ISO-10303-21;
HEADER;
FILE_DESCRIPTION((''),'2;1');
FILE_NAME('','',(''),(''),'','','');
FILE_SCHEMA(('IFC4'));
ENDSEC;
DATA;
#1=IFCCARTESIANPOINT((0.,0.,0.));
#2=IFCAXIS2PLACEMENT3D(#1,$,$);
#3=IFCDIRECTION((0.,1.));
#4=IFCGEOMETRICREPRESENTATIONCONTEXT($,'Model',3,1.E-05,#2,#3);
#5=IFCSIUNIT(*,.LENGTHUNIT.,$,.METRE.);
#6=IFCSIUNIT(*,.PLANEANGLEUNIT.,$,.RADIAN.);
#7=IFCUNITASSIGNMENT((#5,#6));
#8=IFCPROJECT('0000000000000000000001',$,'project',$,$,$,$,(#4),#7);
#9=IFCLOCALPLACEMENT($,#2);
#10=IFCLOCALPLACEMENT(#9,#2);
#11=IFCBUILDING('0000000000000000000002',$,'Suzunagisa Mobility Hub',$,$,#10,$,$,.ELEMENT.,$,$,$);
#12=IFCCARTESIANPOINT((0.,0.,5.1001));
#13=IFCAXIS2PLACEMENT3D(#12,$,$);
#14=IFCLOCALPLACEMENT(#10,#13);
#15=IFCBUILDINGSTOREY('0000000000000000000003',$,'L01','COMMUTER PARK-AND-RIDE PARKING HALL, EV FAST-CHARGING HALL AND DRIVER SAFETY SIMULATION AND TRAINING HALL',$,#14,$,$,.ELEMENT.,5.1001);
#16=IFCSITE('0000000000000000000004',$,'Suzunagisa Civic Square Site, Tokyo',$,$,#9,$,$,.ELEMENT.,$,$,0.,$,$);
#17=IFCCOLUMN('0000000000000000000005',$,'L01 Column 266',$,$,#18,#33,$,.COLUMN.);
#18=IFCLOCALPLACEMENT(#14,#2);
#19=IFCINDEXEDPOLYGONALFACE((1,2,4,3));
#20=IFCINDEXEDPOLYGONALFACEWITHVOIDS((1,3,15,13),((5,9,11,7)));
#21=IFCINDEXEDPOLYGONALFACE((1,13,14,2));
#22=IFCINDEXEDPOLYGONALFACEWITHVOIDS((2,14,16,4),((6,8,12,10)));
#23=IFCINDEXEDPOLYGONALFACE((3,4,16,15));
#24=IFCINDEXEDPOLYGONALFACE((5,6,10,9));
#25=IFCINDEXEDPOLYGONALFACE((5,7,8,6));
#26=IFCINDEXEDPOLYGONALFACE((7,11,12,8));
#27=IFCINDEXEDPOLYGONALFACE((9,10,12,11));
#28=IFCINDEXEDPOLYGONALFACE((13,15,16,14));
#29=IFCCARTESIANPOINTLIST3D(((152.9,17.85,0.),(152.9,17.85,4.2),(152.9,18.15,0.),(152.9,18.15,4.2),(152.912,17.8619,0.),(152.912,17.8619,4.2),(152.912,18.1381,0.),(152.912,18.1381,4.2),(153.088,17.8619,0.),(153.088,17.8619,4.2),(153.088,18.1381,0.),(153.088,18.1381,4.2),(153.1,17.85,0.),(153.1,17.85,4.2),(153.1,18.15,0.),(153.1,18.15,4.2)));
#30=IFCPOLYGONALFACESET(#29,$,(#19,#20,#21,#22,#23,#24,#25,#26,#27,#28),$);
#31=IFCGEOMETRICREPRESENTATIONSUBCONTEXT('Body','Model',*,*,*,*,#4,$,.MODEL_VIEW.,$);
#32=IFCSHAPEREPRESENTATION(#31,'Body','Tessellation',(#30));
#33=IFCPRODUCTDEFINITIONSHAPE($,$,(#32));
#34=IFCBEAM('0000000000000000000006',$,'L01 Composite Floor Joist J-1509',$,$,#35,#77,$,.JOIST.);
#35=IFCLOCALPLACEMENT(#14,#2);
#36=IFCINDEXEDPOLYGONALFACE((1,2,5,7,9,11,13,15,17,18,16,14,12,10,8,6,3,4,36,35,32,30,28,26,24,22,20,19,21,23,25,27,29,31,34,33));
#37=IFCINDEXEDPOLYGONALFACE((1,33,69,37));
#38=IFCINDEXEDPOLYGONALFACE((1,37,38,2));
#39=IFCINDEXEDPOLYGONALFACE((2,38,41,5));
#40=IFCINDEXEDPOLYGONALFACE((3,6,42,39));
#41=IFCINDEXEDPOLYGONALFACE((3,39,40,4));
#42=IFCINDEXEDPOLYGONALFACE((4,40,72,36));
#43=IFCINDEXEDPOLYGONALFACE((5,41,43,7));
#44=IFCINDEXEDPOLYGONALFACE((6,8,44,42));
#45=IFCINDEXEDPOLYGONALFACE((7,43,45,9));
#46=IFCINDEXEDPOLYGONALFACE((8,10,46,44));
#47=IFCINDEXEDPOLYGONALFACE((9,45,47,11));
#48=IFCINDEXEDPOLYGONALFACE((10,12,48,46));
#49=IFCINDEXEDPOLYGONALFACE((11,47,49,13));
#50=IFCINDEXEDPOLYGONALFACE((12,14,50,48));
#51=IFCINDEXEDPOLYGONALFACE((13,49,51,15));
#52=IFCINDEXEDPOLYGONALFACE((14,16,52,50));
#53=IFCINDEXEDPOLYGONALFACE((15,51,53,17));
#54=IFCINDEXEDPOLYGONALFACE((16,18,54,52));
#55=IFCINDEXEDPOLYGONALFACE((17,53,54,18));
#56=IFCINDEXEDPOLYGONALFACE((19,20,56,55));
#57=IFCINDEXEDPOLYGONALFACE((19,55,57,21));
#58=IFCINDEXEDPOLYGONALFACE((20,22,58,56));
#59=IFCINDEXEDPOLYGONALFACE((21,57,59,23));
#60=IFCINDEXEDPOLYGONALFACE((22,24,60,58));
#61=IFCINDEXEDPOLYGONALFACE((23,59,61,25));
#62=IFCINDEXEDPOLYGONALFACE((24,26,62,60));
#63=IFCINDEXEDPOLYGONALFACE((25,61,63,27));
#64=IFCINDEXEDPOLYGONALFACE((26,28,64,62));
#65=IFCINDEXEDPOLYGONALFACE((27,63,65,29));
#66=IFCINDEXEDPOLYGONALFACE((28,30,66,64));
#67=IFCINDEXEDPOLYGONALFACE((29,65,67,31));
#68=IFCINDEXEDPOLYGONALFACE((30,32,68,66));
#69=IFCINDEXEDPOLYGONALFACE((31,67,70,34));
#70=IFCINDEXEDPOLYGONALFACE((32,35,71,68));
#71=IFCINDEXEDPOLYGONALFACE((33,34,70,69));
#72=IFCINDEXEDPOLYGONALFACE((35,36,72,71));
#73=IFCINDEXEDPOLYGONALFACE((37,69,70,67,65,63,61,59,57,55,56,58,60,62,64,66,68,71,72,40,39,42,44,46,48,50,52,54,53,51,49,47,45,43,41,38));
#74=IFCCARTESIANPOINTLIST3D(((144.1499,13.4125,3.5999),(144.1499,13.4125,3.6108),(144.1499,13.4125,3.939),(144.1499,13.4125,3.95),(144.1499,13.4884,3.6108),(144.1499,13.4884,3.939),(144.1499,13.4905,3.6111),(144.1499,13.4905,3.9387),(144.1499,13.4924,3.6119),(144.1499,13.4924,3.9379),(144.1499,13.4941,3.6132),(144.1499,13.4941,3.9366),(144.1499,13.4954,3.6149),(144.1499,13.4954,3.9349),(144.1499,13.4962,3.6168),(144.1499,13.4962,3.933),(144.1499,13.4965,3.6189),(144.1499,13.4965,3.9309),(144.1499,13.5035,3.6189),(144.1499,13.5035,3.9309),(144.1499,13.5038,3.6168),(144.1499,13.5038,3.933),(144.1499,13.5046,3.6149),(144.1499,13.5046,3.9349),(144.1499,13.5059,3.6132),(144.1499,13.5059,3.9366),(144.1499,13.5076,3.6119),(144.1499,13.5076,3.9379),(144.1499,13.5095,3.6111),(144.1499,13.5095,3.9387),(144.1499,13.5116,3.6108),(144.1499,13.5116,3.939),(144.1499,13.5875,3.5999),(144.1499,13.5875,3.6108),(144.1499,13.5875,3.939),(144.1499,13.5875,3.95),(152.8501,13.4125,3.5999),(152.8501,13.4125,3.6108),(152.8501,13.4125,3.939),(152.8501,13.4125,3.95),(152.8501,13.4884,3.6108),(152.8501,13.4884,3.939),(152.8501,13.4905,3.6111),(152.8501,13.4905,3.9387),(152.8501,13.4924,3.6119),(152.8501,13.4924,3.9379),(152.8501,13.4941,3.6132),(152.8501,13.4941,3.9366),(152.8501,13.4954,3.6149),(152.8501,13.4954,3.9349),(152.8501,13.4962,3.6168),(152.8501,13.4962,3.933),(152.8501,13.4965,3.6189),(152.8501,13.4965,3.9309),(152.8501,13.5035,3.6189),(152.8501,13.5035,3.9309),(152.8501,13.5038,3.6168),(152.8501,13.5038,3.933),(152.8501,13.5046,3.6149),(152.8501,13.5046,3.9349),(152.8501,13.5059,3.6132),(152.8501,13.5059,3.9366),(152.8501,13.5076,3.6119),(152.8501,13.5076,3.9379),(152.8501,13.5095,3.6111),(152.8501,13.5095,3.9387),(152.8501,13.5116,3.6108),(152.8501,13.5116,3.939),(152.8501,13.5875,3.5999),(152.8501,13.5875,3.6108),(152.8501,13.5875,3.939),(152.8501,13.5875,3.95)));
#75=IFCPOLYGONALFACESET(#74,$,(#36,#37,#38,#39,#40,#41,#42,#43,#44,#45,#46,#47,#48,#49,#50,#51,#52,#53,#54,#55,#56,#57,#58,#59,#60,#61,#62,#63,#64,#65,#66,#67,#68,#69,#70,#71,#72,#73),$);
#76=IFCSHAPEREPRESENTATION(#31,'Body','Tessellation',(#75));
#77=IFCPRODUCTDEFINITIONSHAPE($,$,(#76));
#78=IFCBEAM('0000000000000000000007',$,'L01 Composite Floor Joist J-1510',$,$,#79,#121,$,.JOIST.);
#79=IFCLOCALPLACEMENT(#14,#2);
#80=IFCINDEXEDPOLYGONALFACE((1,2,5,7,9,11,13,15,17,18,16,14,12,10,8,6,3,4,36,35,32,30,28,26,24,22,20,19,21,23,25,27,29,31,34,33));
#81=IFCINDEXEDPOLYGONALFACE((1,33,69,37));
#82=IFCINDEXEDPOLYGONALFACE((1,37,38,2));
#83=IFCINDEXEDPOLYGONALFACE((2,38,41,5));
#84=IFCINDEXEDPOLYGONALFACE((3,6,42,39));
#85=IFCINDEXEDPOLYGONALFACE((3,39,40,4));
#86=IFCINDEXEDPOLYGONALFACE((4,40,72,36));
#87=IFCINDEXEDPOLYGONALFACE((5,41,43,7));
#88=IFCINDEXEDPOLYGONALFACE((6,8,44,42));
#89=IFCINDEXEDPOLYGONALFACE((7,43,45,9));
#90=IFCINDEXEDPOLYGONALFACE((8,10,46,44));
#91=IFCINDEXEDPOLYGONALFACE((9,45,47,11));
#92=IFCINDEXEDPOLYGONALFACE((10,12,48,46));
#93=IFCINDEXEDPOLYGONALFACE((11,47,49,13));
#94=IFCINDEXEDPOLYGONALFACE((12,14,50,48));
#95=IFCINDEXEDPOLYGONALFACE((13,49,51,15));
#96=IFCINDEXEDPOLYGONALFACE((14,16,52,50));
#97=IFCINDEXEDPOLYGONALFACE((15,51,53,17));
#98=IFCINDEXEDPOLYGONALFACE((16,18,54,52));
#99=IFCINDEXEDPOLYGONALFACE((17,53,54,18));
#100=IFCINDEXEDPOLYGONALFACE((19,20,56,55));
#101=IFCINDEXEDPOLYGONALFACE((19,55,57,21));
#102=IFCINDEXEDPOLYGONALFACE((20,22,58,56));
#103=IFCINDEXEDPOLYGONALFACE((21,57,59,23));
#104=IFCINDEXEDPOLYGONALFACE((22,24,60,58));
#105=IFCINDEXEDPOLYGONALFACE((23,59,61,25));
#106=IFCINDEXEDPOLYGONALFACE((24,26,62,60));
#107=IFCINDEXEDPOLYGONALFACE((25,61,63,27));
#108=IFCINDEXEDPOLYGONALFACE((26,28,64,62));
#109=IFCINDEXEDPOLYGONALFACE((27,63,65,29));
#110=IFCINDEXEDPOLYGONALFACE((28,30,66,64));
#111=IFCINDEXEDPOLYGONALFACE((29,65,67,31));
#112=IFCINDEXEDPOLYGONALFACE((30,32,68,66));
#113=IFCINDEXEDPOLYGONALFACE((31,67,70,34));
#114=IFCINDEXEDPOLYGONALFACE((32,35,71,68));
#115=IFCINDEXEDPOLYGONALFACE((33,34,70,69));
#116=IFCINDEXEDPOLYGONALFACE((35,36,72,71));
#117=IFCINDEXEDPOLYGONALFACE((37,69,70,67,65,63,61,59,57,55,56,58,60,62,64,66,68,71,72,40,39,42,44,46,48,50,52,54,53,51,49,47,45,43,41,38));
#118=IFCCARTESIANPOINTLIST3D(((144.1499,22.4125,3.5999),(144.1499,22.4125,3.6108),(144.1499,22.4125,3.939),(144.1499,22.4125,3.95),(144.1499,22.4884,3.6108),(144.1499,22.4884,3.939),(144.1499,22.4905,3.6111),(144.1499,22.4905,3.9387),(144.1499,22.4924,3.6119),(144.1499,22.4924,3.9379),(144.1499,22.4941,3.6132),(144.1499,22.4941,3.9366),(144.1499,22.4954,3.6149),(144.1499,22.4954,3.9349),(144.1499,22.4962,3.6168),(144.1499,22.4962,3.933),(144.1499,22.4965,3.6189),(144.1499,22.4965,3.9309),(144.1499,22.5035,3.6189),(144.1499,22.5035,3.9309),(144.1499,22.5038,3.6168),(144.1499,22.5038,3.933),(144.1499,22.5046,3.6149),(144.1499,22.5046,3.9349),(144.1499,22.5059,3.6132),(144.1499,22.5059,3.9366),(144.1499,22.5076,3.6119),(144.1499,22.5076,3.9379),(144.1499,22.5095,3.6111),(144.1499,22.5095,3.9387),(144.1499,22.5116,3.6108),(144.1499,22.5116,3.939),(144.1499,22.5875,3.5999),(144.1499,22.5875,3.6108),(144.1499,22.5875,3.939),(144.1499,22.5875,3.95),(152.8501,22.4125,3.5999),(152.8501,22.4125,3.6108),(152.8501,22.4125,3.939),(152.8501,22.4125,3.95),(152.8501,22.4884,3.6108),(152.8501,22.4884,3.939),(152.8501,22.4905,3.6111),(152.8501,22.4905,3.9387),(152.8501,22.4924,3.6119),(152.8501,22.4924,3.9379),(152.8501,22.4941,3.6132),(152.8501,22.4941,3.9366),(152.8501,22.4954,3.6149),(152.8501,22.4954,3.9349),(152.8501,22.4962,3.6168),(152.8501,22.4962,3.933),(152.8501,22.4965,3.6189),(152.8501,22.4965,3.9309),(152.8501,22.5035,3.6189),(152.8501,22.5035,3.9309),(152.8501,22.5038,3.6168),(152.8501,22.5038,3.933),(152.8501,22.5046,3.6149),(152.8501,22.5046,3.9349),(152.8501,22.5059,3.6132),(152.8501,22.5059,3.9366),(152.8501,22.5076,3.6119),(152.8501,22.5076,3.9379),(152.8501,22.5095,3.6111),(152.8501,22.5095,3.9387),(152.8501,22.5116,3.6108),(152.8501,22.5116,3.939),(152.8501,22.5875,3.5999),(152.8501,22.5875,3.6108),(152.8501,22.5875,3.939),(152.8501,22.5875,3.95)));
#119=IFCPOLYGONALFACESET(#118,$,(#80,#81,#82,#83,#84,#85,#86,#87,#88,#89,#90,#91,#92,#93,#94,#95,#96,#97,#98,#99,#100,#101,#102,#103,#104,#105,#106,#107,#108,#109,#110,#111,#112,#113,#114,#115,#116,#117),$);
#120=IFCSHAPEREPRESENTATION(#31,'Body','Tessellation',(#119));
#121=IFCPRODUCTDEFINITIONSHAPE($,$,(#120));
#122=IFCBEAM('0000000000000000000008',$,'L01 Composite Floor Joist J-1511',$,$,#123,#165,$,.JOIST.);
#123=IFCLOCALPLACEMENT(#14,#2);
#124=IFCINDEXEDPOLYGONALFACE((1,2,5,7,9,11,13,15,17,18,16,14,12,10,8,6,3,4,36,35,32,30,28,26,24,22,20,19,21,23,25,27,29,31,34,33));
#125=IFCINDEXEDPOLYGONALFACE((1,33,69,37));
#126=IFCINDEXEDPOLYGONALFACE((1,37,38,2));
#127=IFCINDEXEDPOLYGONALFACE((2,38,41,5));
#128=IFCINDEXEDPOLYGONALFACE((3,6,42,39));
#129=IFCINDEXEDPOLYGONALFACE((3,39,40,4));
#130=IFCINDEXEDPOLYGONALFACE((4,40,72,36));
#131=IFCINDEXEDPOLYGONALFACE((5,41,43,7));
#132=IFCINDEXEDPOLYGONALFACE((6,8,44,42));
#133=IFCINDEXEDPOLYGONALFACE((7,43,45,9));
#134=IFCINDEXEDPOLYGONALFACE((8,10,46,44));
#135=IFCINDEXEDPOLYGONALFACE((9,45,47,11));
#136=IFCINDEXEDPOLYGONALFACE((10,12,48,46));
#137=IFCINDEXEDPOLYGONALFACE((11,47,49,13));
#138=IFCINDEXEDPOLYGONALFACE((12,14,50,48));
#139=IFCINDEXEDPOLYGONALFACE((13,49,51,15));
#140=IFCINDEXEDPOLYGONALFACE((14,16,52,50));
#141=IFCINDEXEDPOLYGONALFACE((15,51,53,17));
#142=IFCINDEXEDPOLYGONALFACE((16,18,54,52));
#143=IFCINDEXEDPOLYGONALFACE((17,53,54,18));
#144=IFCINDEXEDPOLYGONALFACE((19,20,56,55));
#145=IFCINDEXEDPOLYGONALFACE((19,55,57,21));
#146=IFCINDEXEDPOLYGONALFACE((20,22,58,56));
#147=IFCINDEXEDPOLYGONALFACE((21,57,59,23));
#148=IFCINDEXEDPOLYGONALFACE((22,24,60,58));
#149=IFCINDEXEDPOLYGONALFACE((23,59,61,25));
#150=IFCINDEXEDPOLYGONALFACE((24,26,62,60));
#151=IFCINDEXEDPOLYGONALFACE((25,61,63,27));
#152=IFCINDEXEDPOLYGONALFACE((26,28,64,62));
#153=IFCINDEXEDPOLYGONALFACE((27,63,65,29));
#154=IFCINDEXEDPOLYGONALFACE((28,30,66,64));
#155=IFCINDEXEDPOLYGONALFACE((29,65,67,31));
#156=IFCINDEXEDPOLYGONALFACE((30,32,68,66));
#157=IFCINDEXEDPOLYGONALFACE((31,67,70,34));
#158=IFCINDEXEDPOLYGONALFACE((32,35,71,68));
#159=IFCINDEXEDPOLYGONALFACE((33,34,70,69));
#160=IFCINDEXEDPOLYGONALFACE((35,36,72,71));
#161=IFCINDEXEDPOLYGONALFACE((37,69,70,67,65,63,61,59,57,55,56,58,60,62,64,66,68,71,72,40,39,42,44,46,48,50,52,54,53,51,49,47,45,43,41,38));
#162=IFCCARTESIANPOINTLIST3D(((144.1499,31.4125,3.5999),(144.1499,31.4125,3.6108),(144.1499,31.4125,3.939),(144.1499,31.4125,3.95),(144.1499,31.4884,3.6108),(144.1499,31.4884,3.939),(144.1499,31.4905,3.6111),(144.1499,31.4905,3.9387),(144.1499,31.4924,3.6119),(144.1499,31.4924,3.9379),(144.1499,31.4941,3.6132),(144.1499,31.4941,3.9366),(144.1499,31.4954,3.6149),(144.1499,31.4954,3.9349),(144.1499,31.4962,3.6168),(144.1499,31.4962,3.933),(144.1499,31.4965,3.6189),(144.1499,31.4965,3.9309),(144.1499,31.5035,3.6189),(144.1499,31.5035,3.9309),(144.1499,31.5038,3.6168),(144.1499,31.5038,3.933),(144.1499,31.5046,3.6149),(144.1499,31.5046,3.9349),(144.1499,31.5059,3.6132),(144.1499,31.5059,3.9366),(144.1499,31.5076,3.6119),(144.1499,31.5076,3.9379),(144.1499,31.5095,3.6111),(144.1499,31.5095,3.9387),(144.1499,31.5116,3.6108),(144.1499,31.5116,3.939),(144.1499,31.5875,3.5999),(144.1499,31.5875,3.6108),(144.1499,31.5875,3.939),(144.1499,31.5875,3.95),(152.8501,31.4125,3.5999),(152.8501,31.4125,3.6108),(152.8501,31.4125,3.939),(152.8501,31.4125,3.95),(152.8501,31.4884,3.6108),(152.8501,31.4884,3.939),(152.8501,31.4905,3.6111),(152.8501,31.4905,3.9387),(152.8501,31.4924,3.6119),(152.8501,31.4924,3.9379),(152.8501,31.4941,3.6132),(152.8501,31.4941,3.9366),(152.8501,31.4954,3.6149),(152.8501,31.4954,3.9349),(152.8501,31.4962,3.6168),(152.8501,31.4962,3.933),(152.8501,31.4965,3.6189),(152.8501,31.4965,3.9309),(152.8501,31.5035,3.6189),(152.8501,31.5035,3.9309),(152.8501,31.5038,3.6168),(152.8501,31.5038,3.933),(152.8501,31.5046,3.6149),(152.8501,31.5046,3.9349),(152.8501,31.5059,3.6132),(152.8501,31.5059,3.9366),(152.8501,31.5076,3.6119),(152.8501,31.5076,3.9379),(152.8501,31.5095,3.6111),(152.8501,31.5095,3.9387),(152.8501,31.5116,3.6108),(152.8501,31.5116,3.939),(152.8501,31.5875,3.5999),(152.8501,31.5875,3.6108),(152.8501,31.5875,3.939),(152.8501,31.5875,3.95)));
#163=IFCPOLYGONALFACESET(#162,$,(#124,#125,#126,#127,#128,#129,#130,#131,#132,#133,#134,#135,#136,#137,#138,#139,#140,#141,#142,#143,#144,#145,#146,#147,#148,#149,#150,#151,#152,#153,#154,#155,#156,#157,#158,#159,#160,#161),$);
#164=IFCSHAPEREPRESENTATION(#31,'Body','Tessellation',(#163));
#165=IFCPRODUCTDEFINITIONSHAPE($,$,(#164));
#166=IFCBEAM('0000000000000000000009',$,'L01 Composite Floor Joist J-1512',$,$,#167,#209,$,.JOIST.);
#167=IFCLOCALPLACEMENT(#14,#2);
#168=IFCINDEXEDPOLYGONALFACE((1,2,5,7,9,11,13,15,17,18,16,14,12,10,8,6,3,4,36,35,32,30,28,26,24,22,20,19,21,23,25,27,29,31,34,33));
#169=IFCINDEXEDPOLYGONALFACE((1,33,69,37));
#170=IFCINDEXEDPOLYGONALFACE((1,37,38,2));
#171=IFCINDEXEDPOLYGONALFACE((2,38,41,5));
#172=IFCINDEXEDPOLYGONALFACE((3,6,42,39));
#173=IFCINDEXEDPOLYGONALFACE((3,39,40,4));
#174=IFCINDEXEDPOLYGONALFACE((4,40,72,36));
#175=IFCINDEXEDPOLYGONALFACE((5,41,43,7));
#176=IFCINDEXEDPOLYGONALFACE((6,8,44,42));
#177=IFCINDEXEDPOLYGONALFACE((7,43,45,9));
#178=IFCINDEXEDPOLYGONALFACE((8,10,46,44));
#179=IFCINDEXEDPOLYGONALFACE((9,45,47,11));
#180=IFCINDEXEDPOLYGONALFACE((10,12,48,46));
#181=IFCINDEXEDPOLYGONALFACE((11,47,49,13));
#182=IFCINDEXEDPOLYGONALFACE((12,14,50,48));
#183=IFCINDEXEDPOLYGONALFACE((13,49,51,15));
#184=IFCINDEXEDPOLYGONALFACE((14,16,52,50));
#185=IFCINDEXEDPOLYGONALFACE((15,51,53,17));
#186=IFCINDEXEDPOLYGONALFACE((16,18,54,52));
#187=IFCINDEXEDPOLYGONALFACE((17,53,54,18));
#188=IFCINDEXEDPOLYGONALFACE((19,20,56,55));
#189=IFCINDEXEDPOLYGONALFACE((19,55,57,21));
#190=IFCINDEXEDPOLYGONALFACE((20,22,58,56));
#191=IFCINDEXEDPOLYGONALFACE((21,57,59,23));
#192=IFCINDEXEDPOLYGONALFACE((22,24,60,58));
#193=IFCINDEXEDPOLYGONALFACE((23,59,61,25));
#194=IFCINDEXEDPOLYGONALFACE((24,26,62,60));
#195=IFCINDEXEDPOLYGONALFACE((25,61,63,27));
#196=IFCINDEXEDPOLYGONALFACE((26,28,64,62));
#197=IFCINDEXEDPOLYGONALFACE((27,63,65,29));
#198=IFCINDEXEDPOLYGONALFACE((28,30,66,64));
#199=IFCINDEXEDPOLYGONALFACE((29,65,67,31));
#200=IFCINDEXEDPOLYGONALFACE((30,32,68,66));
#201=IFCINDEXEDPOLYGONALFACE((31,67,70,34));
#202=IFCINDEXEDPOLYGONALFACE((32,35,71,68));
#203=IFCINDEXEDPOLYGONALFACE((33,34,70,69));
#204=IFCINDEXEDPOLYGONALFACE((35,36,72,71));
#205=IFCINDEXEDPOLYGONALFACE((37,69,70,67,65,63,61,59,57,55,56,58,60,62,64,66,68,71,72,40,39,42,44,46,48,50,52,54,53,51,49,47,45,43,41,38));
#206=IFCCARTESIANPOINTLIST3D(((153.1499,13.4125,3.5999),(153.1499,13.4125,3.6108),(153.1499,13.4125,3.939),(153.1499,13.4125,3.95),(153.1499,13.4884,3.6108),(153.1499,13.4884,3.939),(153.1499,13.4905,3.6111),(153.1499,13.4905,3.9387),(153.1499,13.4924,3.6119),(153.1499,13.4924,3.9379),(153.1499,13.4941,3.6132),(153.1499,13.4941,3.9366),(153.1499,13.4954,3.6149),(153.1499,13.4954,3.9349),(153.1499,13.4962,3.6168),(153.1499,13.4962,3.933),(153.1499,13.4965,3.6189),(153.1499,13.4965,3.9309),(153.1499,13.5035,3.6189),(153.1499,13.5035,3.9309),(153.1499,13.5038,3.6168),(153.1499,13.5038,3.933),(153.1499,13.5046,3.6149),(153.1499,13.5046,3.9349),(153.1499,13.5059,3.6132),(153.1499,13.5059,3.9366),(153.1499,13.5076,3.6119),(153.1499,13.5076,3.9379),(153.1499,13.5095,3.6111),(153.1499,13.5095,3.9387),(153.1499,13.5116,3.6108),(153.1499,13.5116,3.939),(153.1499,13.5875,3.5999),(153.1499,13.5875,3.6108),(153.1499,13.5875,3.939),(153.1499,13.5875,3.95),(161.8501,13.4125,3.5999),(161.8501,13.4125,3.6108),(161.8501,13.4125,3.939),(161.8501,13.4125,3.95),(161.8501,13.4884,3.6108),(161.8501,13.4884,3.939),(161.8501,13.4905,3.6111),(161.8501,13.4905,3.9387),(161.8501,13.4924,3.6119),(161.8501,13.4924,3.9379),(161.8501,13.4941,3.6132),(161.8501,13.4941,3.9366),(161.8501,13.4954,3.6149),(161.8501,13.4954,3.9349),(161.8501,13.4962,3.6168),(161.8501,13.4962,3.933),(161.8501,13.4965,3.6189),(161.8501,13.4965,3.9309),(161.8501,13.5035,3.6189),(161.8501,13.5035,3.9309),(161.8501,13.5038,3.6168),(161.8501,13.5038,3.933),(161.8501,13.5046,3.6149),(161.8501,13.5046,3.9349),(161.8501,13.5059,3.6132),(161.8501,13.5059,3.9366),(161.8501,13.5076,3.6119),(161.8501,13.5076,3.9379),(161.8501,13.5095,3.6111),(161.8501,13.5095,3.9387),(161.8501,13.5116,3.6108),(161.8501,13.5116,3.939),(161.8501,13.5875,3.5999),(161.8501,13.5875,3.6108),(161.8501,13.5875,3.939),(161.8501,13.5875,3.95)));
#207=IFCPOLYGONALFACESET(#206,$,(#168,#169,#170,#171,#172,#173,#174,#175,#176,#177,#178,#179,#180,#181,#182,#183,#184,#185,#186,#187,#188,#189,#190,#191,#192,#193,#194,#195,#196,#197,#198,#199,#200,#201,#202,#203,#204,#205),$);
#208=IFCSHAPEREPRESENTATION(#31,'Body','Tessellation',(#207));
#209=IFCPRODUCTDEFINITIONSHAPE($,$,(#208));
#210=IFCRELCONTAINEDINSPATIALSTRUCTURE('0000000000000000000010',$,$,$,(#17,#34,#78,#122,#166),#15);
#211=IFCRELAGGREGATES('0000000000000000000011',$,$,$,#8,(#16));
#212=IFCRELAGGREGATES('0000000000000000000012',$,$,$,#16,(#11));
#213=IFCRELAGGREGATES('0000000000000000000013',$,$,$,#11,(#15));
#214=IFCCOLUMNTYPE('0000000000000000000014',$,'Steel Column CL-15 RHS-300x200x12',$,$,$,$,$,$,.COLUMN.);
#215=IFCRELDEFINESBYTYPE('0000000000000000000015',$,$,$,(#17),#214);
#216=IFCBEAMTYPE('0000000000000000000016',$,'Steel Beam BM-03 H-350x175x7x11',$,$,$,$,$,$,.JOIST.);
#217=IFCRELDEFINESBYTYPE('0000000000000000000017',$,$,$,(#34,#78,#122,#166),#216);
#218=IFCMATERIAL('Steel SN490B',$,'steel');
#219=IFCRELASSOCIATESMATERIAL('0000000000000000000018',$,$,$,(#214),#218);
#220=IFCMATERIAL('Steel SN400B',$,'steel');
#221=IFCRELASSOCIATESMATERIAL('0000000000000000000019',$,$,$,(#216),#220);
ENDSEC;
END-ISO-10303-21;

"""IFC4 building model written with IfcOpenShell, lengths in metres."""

from ifc_helpers import new_model, si_unit, direction, frame, origin, origin_2d, place, context, subcontext, project, spatial, hollow_rectangle, i_section, extrude, material, material_profile, profile_set, type_object, element, save


model = new_model("IFC4")

# Units and contexts
model_context = context("Model", 3, precision=1e-05, world=origin(), true_north=direction((0.0, 1.0)))
body_context = subcontext(model_context, "Body", "Model", "MODEL_VIEW")
ifc_project = project(units=[si_unit("LENGTHUNIT", "METRE"), si_unit("PLANEANGLEUNIT", "RADIAN")], contexts=[model_context])

# Site, building, storey
site_placement = place(None, origin())
site = spatial("IfcSite", under=ifc_project, at=site_placement, Name="Suzunagisa Civic Square Site, Tokyo", CompositionType="ELEMENT", RefElevation=0.0)
building_placement = place(site_placement, origin())
building = spatial("IfcBuilding", under=site, at=building_placement, Name="Suzunagisa Mobility Hub", CompositionType="ELEMENT")
storey_placement = place(building_placement, frame((0.0, 0.0, 5.1001)))
storey = spatial("IfcBuildingStorey", under=building, at=storey_placement, Name="L01", Description="COMMUTER PARK-AND-RIDE PARKING HALL, EV FAST-CHARGING HALL AND DRIVER SAFETY SIMULATION AND TRAINING HALL", CompositionType="ELEMENT", Elevation=5.1001)

# Column
ifc_material_1 = material(Name="Steel SN490B", Category="steel")
ifc_material_profile_1 = material_profile(ifc_material_1, hollow_rectangle(XDim=0.2, YDim=0.3, WallThickness=0.012, at=origin_2d()), Name="RHS-300x200x12")
ifc_profile_set_1 = profile_set([ifc_material_profile_1], Name="Steel SN490B")
column_type_1 = type_object("IfcColumnType", Name="Steel Column CL-15 RHS-300x200x12", PredefinedType="COLUMN", material=ifc_profile_set_1)
for number, where, z_axis, x_axis, name in (
    (1, (153.0, 18.0, 0.0), (0.0, 0.0, 1.0), (1.0, 0.0, 0.0), "L01 Column 266"),
):
    element("IfcColumn", number, at=place(storey_placement, frame(where, z_axis=z_axis, x_axis=x_axis)), inside=storey, type_object=column_type_1, Name=name, PredefinedType="COLUMN", context=body_context, shape_type="SweptSolid", body=[
        extrude(hollow_rectangle(XDim=0.2, YDim=0.3, WallThickness=0.012, at=origin_2d()), origin(), (0.0, 0.0, 1.0), 4.2),
    ])

# Beams
ifc_material_2 = material(Name="Steel SN400B", Category="steel")
ifc_material_profile_2 = material_profile(ifc_material_2, i_section(OverallWidth=0.175, OverallDepth=0.3501, WebThickness=0.0071, FlangeThickness=0.011, FilletRadius=0.0081, at=origin_2d()), Name="H-350x175x7x11")
ifc_profile_set_2 = profile_set([ifc_material_profile_2], Name="Steel SN400B")
beam_type_1 = type_object("IfcBeamType", Name="Steel Beam BM-03 H-350x175x7x11", PredefinedType="JOIST", material=ifc_profile_set_2)
for number, where, z_axis, x_axis, name in (
    (2, (144.1499, 13.5, 3.7749), (1.0, 0.0, 0.0), (0.0, 1.0, 0.0), "L01 Composite Floor Joist J-1509"),
    (3, (144.1499, 22.5, 3.7749), (1.0, 0.0, 0.0), (0.0, 1.0, 0.0), "L01 Composite Floor Joist J-1510"),
    (4, (144.1499, 31.5, 3.7749), (1.0, 0.0, 0.0), (0.0, 1.0, 0.0), "L01 Composite Floor Joist J-1511"),
    (5, (153.1499, 13.5, 3.7749), (1.0, 0.0, 0.0), (0.0, 1.0, 0.0), "L01 Composite Floor Joist J-1512"),
):
    element("IfcBeam", number, at=place(storey_placement, frame(where, z_axis=z_axis, x_axis=x_axis)), inside=storey, type_object=beam_type_1, Name=name, PredefinedType="JOIST", context=body_context, shape_type="SweptSolid", body=[
        extrude(i_section(OverallWidth=0.175, OverallDepth=0.3501, WebThickness=0.0071, FlangeThickness=0.011, FilletRadius=0.0081, at=origin_2d()), origin(), (0.0, 0.0, 1.0), 8.7002),
    ])

save(model, "model.ifc")
